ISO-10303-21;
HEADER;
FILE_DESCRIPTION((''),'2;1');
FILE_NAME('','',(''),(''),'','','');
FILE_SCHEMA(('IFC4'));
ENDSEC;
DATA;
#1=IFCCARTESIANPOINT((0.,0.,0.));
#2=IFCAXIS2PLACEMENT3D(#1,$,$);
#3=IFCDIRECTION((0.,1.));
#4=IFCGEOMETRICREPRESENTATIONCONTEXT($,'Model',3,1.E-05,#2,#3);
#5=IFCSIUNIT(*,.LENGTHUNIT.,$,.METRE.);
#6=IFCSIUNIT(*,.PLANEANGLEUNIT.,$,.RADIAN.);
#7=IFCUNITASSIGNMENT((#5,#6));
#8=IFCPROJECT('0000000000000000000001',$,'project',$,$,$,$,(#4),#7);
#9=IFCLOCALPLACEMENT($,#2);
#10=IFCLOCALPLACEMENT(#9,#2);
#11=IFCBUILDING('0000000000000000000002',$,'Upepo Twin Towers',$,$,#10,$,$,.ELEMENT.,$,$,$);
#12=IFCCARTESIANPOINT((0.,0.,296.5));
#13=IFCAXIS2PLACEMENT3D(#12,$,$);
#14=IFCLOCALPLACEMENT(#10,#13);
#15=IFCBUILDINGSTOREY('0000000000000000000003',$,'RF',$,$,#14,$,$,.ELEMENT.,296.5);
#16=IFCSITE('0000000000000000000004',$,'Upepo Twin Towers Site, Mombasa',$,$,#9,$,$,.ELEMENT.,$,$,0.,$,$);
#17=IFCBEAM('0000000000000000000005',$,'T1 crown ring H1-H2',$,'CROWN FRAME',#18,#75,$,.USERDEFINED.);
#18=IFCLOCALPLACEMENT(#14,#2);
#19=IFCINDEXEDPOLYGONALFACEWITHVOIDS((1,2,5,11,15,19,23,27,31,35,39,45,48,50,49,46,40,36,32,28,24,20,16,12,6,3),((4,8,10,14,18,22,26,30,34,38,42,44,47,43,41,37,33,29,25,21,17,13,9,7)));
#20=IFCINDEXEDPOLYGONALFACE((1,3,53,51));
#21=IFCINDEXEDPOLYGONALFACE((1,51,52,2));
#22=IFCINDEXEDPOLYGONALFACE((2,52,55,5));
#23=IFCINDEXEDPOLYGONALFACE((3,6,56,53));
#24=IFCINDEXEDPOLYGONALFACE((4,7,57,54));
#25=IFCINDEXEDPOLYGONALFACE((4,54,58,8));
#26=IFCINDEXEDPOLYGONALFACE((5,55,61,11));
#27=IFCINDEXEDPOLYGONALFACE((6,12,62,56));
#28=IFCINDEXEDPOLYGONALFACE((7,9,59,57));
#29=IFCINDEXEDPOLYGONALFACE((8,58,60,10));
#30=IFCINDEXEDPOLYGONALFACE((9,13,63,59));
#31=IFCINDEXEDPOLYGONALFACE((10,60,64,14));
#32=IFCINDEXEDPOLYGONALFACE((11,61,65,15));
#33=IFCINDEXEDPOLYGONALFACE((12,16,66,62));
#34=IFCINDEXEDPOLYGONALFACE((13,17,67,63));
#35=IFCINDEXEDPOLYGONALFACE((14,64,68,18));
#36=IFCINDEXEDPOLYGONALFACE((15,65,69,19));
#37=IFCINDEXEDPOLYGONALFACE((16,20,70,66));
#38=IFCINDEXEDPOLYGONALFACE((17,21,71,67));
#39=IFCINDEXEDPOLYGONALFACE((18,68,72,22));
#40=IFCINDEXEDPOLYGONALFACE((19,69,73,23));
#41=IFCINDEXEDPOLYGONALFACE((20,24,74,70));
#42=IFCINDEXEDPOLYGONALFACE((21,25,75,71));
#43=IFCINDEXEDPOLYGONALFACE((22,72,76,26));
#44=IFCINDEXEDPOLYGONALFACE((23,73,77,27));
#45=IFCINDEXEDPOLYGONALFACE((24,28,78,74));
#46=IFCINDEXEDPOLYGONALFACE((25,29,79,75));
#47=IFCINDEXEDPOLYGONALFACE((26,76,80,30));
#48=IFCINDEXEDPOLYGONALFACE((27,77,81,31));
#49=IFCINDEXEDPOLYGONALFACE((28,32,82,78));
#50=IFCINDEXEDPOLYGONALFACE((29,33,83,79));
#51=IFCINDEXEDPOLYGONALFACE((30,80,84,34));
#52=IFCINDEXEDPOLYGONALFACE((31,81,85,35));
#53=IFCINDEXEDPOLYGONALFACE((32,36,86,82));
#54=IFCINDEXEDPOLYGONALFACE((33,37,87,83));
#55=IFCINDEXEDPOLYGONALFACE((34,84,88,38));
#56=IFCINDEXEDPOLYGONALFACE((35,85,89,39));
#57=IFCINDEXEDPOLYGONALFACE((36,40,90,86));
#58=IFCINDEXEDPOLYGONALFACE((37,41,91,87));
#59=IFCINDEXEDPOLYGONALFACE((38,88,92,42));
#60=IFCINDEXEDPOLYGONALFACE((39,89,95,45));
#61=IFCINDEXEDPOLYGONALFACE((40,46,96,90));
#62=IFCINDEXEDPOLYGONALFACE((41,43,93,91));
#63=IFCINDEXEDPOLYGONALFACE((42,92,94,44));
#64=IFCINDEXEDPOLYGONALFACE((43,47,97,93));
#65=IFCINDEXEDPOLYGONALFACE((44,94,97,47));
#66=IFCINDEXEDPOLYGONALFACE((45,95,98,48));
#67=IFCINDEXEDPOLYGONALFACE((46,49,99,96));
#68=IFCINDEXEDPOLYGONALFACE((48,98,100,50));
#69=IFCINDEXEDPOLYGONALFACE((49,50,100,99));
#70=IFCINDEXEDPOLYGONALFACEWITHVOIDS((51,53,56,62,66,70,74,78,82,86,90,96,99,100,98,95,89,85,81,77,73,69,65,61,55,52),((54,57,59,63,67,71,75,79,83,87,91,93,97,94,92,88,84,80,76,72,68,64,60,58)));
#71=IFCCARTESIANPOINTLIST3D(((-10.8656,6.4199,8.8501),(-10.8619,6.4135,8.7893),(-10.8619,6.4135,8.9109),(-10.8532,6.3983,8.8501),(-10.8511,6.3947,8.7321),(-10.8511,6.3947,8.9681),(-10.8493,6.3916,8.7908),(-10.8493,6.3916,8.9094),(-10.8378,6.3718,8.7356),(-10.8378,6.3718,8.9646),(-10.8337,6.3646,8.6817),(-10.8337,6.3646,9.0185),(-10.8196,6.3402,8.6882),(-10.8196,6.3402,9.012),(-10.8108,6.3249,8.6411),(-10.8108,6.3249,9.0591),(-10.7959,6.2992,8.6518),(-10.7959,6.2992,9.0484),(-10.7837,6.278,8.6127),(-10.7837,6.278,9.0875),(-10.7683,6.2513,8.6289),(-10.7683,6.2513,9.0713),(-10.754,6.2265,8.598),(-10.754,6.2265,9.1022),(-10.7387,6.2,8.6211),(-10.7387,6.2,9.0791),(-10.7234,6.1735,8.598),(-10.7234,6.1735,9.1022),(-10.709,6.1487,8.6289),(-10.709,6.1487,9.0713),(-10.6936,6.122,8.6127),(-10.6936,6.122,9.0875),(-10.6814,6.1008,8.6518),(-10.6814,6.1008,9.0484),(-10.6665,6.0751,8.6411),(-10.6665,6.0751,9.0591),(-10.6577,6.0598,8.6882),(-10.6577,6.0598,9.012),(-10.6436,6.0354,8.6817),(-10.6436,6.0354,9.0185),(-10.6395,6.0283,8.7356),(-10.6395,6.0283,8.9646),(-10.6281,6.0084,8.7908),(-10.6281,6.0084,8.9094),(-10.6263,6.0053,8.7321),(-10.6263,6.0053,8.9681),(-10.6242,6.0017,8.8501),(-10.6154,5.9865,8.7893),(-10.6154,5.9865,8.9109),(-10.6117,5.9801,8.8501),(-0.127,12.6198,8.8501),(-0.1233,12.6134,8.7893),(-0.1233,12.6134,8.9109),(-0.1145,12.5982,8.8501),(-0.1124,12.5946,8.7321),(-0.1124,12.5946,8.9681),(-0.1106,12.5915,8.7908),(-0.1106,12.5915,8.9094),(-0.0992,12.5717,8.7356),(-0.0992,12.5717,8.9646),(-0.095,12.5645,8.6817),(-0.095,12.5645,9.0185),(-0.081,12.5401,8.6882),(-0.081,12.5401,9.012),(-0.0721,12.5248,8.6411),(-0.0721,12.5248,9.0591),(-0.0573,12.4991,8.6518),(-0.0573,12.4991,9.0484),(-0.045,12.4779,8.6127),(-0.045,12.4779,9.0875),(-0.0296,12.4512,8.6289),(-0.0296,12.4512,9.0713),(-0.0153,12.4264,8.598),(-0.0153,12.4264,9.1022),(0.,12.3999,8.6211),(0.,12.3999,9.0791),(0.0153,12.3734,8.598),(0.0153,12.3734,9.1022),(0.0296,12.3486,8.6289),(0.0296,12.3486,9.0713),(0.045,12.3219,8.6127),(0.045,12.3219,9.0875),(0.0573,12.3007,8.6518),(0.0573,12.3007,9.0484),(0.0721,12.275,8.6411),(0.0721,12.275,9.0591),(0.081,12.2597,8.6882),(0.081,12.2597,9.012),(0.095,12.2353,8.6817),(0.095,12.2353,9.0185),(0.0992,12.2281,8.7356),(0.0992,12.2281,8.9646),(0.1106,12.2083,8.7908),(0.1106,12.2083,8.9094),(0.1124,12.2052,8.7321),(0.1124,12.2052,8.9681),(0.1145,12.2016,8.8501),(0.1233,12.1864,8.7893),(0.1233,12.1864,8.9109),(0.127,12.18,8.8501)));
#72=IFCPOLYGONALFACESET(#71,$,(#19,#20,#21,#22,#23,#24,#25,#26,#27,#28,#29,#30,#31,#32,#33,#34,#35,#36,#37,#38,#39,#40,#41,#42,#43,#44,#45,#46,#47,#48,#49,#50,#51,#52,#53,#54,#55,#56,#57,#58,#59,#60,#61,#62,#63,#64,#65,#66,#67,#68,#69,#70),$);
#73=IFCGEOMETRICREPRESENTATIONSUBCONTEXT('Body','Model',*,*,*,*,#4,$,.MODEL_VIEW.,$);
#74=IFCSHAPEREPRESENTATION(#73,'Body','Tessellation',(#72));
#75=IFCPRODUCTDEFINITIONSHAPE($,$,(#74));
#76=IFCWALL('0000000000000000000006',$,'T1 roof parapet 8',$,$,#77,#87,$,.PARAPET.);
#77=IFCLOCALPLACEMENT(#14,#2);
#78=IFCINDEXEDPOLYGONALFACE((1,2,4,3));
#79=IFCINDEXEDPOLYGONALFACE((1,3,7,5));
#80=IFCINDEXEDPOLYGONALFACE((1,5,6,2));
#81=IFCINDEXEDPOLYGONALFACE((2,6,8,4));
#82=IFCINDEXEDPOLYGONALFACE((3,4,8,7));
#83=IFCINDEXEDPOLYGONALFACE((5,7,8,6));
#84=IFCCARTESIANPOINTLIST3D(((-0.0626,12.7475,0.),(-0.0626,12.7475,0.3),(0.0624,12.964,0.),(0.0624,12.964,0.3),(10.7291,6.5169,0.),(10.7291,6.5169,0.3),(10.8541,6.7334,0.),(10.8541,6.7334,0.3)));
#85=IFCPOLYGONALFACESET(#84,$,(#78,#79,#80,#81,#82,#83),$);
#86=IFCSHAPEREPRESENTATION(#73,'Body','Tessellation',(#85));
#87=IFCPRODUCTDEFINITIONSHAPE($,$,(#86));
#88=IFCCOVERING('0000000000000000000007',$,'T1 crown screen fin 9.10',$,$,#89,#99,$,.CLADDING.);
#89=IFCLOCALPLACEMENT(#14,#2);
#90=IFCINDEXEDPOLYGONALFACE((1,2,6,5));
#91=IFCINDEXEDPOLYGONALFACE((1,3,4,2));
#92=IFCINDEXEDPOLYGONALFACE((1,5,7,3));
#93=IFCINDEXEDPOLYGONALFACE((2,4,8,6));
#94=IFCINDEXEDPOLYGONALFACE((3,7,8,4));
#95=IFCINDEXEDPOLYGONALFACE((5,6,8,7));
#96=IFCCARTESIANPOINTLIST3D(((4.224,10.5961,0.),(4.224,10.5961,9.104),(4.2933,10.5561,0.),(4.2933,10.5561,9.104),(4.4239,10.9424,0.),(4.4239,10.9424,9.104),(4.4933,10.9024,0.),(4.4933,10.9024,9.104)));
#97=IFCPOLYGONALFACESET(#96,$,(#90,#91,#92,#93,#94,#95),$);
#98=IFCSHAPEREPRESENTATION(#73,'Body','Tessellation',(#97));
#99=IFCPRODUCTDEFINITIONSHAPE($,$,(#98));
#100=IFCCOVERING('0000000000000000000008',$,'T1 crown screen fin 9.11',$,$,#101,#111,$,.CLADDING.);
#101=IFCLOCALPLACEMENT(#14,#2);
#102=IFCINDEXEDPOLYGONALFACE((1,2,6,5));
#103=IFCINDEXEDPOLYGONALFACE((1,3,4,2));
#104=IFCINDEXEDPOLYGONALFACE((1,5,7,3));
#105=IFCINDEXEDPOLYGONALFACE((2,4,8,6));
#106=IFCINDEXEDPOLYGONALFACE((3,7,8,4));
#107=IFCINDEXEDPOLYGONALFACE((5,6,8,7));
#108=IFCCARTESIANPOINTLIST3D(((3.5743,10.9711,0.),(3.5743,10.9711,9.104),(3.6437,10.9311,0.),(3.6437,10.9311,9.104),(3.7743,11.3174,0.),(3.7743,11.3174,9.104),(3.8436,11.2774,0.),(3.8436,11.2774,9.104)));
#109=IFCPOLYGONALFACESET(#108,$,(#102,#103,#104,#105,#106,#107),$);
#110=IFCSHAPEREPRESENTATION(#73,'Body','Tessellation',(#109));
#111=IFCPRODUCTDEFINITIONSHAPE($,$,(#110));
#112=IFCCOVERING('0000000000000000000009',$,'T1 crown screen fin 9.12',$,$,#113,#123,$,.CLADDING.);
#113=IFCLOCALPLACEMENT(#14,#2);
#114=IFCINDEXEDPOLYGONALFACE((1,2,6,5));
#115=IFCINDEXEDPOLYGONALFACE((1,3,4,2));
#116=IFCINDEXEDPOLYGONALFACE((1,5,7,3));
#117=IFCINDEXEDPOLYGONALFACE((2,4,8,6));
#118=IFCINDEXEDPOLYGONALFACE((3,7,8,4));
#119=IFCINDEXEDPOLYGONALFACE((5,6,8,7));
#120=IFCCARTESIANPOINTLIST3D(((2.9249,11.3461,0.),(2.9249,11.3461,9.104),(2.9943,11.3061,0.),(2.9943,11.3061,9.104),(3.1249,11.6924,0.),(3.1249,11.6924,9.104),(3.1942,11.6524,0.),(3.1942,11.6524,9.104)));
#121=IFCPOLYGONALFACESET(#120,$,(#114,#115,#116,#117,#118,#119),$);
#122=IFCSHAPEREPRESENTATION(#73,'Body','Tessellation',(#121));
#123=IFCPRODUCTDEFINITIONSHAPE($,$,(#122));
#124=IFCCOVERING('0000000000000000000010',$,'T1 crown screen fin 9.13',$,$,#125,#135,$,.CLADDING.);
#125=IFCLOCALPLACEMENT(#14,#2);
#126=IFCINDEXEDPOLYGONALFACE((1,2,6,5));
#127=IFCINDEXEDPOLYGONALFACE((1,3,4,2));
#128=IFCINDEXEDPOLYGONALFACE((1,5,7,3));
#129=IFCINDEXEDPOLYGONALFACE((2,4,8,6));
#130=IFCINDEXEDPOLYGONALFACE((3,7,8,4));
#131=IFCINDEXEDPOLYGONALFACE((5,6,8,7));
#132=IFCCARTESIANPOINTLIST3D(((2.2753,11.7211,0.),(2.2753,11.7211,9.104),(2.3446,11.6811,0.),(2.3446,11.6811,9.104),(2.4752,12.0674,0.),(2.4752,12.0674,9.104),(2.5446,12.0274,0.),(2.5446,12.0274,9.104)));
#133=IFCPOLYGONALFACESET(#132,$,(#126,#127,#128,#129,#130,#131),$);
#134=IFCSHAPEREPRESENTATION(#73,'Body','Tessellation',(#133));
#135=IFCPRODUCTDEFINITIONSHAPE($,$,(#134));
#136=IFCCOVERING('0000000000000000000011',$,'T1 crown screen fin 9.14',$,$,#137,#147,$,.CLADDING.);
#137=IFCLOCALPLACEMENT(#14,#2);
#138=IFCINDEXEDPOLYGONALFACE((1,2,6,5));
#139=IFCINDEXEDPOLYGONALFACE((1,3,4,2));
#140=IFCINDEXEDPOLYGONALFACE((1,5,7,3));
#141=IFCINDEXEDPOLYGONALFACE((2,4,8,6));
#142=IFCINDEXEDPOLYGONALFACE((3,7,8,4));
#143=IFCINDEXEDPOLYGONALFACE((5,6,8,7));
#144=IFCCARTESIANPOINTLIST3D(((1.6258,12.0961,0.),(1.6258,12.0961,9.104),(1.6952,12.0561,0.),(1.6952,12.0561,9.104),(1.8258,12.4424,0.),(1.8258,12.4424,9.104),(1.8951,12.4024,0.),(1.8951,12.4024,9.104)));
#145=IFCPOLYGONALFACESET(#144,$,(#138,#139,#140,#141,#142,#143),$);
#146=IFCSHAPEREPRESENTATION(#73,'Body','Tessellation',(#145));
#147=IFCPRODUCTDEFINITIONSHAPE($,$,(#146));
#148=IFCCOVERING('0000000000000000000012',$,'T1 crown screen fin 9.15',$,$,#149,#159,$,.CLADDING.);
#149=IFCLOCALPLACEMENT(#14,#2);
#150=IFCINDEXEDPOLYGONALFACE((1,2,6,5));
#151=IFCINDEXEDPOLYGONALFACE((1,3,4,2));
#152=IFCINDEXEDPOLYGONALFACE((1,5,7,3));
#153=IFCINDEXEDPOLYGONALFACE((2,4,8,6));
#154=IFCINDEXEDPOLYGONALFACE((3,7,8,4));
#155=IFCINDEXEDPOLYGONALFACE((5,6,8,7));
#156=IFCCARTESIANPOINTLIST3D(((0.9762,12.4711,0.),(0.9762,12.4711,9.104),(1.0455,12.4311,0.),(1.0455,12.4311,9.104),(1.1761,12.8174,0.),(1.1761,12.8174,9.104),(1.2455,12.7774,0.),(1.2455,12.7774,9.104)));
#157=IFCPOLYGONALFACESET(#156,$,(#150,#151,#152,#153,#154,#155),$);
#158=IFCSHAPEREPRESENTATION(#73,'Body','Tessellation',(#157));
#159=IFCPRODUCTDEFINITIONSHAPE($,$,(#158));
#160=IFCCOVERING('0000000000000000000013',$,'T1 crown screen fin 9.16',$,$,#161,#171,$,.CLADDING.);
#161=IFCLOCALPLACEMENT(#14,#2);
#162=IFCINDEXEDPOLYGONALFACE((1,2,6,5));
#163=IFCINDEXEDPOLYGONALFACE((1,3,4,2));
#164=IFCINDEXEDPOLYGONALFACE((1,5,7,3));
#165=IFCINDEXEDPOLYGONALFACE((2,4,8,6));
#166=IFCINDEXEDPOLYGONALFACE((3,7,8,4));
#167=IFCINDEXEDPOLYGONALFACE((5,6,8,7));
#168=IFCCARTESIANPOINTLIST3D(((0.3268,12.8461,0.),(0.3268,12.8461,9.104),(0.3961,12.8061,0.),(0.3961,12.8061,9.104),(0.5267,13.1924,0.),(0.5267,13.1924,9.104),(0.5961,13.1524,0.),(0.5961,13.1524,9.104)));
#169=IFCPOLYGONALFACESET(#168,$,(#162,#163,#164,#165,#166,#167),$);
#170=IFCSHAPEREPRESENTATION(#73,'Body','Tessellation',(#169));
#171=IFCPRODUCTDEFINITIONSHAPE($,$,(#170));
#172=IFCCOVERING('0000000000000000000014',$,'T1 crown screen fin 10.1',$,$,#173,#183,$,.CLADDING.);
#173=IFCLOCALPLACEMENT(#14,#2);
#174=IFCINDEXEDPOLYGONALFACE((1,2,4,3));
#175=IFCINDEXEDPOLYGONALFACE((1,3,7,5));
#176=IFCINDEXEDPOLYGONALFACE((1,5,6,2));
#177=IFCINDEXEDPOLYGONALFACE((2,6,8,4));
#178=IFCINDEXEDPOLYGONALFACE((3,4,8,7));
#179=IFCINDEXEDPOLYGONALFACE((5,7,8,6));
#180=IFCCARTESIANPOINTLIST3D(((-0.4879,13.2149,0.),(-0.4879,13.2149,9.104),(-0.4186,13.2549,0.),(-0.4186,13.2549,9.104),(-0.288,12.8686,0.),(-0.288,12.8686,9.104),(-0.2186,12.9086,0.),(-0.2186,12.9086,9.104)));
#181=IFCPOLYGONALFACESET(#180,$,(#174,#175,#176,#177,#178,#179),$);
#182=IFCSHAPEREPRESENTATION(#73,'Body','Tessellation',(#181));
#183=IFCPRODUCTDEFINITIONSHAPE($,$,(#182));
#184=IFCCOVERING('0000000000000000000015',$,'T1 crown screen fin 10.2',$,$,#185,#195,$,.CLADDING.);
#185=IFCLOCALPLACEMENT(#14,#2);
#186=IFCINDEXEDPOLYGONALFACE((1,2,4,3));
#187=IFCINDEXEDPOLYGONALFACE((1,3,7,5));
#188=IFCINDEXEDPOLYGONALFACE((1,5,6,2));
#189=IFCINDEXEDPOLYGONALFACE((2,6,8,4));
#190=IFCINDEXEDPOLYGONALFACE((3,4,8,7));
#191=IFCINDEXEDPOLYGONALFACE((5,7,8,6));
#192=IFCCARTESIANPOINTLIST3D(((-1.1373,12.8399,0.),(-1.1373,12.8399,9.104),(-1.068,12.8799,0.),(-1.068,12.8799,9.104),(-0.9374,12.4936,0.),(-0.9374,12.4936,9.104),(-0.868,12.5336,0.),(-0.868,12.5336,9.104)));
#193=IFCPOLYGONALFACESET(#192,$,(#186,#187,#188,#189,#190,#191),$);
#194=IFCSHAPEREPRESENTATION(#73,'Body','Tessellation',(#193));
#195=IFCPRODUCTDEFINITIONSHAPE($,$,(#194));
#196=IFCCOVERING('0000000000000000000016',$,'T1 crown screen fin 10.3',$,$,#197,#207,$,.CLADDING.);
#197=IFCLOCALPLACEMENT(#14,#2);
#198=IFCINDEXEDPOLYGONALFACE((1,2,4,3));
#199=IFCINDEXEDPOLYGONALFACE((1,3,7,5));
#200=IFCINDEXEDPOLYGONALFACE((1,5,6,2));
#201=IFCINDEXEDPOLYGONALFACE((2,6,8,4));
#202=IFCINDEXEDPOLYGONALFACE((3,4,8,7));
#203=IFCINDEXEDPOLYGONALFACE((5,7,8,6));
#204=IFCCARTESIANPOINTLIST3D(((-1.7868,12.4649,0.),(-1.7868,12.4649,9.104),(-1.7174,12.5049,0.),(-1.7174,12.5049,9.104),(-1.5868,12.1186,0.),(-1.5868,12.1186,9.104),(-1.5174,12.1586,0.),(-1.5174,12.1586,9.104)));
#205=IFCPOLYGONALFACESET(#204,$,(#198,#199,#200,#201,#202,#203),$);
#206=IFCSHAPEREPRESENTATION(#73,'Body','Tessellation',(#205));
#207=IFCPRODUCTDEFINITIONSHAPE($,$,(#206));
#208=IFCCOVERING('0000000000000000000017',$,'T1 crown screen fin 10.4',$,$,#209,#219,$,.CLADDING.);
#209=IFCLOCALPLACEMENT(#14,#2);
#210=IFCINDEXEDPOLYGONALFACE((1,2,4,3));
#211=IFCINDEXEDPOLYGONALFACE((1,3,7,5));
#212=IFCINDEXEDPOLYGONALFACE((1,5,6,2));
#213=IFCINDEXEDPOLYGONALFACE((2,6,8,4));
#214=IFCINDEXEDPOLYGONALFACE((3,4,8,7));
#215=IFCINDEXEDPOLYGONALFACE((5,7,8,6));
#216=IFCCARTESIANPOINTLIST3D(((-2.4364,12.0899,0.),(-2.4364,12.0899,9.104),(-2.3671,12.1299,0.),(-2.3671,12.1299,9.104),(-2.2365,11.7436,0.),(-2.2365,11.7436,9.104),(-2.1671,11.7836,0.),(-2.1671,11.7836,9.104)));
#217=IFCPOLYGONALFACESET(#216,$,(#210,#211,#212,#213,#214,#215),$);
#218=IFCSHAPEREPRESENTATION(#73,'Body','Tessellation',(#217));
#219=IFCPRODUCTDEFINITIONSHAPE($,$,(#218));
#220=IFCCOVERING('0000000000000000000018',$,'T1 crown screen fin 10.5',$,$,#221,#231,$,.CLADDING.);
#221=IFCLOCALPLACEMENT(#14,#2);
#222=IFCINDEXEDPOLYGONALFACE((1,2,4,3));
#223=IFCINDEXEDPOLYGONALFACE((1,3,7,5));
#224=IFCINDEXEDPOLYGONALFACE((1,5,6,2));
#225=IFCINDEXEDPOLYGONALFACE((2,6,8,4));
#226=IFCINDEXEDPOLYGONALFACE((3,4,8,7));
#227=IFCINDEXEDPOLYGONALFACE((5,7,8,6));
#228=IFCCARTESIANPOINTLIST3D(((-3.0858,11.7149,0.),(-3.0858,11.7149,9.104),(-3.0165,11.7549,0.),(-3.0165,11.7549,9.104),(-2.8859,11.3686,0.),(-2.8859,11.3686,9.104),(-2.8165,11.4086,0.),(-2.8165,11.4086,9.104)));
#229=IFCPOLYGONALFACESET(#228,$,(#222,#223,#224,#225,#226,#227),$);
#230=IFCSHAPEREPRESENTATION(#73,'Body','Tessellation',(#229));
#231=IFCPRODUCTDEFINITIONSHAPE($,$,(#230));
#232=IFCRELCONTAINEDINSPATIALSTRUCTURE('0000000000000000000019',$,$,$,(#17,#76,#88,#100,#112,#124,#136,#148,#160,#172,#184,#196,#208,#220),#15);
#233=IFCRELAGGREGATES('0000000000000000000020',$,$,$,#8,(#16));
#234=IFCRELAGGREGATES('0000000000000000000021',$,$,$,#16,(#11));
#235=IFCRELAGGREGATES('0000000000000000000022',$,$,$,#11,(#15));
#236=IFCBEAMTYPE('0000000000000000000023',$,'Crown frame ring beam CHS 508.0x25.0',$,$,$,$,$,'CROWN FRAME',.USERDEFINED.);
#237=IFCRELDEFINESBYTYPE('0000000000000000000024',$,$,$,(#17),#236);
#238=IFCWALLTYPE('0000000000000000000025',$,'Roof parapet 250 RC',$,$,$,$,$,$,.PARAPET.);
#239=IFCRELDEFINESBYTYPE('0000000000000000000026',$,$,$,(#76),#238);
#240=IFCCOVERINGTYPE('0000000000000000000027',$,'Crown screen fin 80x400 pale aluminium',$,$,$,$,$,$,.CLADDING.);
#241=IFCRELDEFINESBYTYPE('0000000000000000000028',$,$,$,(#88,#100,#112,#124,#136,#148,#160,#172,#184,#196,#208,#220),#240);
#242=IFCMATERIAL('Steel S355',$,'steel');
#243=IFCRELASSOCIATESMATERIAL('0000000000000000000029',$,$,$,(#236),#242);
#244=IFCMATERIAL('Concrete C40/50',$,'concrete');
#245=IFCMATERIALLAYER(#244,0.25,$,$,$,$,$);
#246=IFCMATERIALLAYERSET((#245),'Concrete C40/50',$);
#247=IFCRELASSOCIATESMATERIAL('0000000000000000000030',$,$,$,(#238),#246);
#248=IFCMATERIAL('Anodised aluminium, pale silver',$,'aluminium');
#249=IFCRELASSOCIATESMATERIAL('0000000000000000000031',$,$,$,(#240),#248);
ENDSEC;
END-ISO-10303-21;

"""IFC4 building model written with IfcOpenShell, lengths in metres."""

from ifc_helpers import new_model, si_unit, direction, frame, frame_2d, origin, origin_2d, place, context, subcontext, project, spatial, rectangle, hollow_circle, extrude, material, layer, layer_set, material_profile, profile_set, type_object, element, save


model = new_model("IFC4")

# Units and contexts
model_context = context("Model", 3, precision=1e-05, world=origin(), true_north=direction((0.0, 1.0)))
body_context = subcontext(model_context, "Body", "Model", "MODEL_VIEW")
ifc_project = project(units=[si_unit("LENGTHUNIT", "METRE"), si_unit("PLANEANGLEUNIT", "RADIAN")], contexts=[model_context])

# Site, building, storey
site_placement = place(None, origin())
site = spatial("IfcSite", under=ifc_project, at=site_placement, Name="Upepo Twin Towers Site, Mombasa", CompositionType="ELEMENT", RefElevation=0.0)
building_placement = place(site_placement, origin())
building = spatial("IfcBuilding", under=site, at=building_placement, Name="Upepo Twin Towers", CompositionType="ELEMENT")
storey_placement = place(building_placement, frame((0.0, 0.0, 296.5)))
storey = spatial("IfcBuildingStorey", under=building, at=storey_placement, Name="RF", CompositionType="ELEMENT", Elevation=296.5)

# Beam
ifc_material_1 = material(Name="Steel S355", Category="steel")
ifc_material_profile_1 = material_profile(ifc_material_1, hollow_circle(Radius=0.2539, WallThickness=0.0249, at=origin_2d()), Name="CHS 508.0x25.0")
ifc_profile_set_1 = profile_set([ifc_material_profile_1], Name="Steel S355")
beam_type = type_object("IfcBeamType", Name="Crown frame ring beam CHS 508.0x25.0", ElementType="CROWN FRAME", PredefinedType="USERDEFINED", material=ifc_profile_set_1)
beam_placement = place(storey_placement, frame((0.0, 12.3999, 8.8501), z_axis=(-0.866028, -0.499995, 0.0), x_axis=(0.499995, -0.866028, 0.0)))
element("IfcBeam", 1, at=beam_placement, inside=storey, type_object=beam_type, Name="T1 crown ring H1-H2", ObjectType="CROWN FRAME", PredefinedType="USERDEFINED", context=body_context, shape_type="SweptSolid", body=[
    extrude(hollow_circle(Radius=0.2539, WallThickness=0.0249, at=origin_2d()), origin(), (0.0, 0.0, 1.0), 12.3999),
])

# Wall
ifc_material_2 = material(Name="Concrete C40/50", Category="concrete")
ifc_layer = layer(ifc_material_2, 0.25)
ifc_layer_set = layer_set([ifc_layer], Name="Concrete C40/50")
wall_type = type_object("IfcWallType", Name="Roof parapet 250 RC", PredefinedType="PARAPET", material=ifc_layer_set)
wall_placement = place(storey_placement, frame((0.0, 12.8557, 0.0), z_axis=(0.0, 0.0, 1.0), x_axis=(0.866022, -0.500006, 0.0)))
element("IfcWall", 2, at=wall_placement, inside=storey, type_object=wall_type, Name="T1 roof parapet 8", PredefinedType="PARAPET", context=body_context, shape_type="SweptSolid", body=[
    extrude(rectangle(XDim=12.4612, YDim=0.25, at=frame_2d((6.2305, 0.0))), origin(), (0.0, 0.0, 1.0), 0.3),
])

# Coverings
ifc_material_3 = material(Name="Anodised aluminium, pale silver", Category="aluminium")
covering_type = type_object("IfcCoveringType", Name="Crown screen fin 80x400 pale aluminium", PredefinedType="CLADDING", material=ifc_material_3)
for number, where, z_axis, x_axis, name in (
    (3, (4.3586, 10.7493, 0.0), (0.0, 0.0, 1.0), (-0.866025, 0.5, 0.0), "T1 crown screen fin 9.10"),
    (4, (3.709, 11.1243, 0.0), (0.0, 0.0, 1.0), (-0.866025, 0.5, 0.0), "T1 crown screen fin 9.11"),
    (5, (3.0596, 11.4993, 0.0), (0.0, 0.0, 1.0), (-0.866025, 0.5, 0.0), "T1 crown screen fin 9.12"),
    (6, (2.4099, 11.8743, 0.0), (0.0, 0.0, 1.0), (-0.866025, 0.5, 0.0), "T1 crown screen fin 9.13"),
    (7, (1.7605, 12.2493, 0.0), (0.0, 0.0, 1.0), (-0.866025, 0.5, 0.0), "T1 crown screen fin 9.14"),
    (8, (1.1108, 12.6243, 0.0), (0.0, 0.0, 1.0), (-0.866025, 0.5, 0.0), "T1 crown screen fin 9.15"),
    (9, (0.4614, 12.9993, 0.0), (0.0, 0.0, 1.0), (-0.866025, 0.5, 0.0), "T1 crown screen fin 9.16"),
    (10, (-0.3533, 13.0618, 0.0), (0.0, 0.0, 1.0), (-0.866025, -0.5, 0.0), "T1 crown screen fin 10.1"),
    (11, (-1.0027, 12.6868, 0.0), (0.0, 0.0, 1.0), (-0.866025, -0.5, 0.0), "T1 crown screen fin 10.2"),
    (12, (-1.6521, 12.3118, 0.0), (0.0, 0.0, 1.0), (-0.866025, -0.5, 0.0), "T1 crown screen fin 10.3"),
    (13, (-2.3018, 11.9368, 0.0), (0.0, 0.0, 1.0), (-0.866025, -0.5, 0.0), "T1 crown screen fin 10.4"),
    (14, (-2.9512, 11.5618, 0.0), (0.0, 0.0, 1.0), (-0.866025, -0.5, 0.0), "T1 crown screen fin 10.5"),
):
    element("IfcCovering", number, at=place(storey_placement, frame(where, z_axis=z_axis, x_axis=x_axis)), inside=storey, type_object=covering_type, Name=name, PredefinedType="CLADDING", context=body_context, shape_type="SweptSolid", body=[
        extrude(rectangle(XDim=0.0801, YDim=0.3999, at=origin_2d()), origin(), (0.0, 0.0, 1.0), 9.104),
    ])

save(model, "model.ifc")
